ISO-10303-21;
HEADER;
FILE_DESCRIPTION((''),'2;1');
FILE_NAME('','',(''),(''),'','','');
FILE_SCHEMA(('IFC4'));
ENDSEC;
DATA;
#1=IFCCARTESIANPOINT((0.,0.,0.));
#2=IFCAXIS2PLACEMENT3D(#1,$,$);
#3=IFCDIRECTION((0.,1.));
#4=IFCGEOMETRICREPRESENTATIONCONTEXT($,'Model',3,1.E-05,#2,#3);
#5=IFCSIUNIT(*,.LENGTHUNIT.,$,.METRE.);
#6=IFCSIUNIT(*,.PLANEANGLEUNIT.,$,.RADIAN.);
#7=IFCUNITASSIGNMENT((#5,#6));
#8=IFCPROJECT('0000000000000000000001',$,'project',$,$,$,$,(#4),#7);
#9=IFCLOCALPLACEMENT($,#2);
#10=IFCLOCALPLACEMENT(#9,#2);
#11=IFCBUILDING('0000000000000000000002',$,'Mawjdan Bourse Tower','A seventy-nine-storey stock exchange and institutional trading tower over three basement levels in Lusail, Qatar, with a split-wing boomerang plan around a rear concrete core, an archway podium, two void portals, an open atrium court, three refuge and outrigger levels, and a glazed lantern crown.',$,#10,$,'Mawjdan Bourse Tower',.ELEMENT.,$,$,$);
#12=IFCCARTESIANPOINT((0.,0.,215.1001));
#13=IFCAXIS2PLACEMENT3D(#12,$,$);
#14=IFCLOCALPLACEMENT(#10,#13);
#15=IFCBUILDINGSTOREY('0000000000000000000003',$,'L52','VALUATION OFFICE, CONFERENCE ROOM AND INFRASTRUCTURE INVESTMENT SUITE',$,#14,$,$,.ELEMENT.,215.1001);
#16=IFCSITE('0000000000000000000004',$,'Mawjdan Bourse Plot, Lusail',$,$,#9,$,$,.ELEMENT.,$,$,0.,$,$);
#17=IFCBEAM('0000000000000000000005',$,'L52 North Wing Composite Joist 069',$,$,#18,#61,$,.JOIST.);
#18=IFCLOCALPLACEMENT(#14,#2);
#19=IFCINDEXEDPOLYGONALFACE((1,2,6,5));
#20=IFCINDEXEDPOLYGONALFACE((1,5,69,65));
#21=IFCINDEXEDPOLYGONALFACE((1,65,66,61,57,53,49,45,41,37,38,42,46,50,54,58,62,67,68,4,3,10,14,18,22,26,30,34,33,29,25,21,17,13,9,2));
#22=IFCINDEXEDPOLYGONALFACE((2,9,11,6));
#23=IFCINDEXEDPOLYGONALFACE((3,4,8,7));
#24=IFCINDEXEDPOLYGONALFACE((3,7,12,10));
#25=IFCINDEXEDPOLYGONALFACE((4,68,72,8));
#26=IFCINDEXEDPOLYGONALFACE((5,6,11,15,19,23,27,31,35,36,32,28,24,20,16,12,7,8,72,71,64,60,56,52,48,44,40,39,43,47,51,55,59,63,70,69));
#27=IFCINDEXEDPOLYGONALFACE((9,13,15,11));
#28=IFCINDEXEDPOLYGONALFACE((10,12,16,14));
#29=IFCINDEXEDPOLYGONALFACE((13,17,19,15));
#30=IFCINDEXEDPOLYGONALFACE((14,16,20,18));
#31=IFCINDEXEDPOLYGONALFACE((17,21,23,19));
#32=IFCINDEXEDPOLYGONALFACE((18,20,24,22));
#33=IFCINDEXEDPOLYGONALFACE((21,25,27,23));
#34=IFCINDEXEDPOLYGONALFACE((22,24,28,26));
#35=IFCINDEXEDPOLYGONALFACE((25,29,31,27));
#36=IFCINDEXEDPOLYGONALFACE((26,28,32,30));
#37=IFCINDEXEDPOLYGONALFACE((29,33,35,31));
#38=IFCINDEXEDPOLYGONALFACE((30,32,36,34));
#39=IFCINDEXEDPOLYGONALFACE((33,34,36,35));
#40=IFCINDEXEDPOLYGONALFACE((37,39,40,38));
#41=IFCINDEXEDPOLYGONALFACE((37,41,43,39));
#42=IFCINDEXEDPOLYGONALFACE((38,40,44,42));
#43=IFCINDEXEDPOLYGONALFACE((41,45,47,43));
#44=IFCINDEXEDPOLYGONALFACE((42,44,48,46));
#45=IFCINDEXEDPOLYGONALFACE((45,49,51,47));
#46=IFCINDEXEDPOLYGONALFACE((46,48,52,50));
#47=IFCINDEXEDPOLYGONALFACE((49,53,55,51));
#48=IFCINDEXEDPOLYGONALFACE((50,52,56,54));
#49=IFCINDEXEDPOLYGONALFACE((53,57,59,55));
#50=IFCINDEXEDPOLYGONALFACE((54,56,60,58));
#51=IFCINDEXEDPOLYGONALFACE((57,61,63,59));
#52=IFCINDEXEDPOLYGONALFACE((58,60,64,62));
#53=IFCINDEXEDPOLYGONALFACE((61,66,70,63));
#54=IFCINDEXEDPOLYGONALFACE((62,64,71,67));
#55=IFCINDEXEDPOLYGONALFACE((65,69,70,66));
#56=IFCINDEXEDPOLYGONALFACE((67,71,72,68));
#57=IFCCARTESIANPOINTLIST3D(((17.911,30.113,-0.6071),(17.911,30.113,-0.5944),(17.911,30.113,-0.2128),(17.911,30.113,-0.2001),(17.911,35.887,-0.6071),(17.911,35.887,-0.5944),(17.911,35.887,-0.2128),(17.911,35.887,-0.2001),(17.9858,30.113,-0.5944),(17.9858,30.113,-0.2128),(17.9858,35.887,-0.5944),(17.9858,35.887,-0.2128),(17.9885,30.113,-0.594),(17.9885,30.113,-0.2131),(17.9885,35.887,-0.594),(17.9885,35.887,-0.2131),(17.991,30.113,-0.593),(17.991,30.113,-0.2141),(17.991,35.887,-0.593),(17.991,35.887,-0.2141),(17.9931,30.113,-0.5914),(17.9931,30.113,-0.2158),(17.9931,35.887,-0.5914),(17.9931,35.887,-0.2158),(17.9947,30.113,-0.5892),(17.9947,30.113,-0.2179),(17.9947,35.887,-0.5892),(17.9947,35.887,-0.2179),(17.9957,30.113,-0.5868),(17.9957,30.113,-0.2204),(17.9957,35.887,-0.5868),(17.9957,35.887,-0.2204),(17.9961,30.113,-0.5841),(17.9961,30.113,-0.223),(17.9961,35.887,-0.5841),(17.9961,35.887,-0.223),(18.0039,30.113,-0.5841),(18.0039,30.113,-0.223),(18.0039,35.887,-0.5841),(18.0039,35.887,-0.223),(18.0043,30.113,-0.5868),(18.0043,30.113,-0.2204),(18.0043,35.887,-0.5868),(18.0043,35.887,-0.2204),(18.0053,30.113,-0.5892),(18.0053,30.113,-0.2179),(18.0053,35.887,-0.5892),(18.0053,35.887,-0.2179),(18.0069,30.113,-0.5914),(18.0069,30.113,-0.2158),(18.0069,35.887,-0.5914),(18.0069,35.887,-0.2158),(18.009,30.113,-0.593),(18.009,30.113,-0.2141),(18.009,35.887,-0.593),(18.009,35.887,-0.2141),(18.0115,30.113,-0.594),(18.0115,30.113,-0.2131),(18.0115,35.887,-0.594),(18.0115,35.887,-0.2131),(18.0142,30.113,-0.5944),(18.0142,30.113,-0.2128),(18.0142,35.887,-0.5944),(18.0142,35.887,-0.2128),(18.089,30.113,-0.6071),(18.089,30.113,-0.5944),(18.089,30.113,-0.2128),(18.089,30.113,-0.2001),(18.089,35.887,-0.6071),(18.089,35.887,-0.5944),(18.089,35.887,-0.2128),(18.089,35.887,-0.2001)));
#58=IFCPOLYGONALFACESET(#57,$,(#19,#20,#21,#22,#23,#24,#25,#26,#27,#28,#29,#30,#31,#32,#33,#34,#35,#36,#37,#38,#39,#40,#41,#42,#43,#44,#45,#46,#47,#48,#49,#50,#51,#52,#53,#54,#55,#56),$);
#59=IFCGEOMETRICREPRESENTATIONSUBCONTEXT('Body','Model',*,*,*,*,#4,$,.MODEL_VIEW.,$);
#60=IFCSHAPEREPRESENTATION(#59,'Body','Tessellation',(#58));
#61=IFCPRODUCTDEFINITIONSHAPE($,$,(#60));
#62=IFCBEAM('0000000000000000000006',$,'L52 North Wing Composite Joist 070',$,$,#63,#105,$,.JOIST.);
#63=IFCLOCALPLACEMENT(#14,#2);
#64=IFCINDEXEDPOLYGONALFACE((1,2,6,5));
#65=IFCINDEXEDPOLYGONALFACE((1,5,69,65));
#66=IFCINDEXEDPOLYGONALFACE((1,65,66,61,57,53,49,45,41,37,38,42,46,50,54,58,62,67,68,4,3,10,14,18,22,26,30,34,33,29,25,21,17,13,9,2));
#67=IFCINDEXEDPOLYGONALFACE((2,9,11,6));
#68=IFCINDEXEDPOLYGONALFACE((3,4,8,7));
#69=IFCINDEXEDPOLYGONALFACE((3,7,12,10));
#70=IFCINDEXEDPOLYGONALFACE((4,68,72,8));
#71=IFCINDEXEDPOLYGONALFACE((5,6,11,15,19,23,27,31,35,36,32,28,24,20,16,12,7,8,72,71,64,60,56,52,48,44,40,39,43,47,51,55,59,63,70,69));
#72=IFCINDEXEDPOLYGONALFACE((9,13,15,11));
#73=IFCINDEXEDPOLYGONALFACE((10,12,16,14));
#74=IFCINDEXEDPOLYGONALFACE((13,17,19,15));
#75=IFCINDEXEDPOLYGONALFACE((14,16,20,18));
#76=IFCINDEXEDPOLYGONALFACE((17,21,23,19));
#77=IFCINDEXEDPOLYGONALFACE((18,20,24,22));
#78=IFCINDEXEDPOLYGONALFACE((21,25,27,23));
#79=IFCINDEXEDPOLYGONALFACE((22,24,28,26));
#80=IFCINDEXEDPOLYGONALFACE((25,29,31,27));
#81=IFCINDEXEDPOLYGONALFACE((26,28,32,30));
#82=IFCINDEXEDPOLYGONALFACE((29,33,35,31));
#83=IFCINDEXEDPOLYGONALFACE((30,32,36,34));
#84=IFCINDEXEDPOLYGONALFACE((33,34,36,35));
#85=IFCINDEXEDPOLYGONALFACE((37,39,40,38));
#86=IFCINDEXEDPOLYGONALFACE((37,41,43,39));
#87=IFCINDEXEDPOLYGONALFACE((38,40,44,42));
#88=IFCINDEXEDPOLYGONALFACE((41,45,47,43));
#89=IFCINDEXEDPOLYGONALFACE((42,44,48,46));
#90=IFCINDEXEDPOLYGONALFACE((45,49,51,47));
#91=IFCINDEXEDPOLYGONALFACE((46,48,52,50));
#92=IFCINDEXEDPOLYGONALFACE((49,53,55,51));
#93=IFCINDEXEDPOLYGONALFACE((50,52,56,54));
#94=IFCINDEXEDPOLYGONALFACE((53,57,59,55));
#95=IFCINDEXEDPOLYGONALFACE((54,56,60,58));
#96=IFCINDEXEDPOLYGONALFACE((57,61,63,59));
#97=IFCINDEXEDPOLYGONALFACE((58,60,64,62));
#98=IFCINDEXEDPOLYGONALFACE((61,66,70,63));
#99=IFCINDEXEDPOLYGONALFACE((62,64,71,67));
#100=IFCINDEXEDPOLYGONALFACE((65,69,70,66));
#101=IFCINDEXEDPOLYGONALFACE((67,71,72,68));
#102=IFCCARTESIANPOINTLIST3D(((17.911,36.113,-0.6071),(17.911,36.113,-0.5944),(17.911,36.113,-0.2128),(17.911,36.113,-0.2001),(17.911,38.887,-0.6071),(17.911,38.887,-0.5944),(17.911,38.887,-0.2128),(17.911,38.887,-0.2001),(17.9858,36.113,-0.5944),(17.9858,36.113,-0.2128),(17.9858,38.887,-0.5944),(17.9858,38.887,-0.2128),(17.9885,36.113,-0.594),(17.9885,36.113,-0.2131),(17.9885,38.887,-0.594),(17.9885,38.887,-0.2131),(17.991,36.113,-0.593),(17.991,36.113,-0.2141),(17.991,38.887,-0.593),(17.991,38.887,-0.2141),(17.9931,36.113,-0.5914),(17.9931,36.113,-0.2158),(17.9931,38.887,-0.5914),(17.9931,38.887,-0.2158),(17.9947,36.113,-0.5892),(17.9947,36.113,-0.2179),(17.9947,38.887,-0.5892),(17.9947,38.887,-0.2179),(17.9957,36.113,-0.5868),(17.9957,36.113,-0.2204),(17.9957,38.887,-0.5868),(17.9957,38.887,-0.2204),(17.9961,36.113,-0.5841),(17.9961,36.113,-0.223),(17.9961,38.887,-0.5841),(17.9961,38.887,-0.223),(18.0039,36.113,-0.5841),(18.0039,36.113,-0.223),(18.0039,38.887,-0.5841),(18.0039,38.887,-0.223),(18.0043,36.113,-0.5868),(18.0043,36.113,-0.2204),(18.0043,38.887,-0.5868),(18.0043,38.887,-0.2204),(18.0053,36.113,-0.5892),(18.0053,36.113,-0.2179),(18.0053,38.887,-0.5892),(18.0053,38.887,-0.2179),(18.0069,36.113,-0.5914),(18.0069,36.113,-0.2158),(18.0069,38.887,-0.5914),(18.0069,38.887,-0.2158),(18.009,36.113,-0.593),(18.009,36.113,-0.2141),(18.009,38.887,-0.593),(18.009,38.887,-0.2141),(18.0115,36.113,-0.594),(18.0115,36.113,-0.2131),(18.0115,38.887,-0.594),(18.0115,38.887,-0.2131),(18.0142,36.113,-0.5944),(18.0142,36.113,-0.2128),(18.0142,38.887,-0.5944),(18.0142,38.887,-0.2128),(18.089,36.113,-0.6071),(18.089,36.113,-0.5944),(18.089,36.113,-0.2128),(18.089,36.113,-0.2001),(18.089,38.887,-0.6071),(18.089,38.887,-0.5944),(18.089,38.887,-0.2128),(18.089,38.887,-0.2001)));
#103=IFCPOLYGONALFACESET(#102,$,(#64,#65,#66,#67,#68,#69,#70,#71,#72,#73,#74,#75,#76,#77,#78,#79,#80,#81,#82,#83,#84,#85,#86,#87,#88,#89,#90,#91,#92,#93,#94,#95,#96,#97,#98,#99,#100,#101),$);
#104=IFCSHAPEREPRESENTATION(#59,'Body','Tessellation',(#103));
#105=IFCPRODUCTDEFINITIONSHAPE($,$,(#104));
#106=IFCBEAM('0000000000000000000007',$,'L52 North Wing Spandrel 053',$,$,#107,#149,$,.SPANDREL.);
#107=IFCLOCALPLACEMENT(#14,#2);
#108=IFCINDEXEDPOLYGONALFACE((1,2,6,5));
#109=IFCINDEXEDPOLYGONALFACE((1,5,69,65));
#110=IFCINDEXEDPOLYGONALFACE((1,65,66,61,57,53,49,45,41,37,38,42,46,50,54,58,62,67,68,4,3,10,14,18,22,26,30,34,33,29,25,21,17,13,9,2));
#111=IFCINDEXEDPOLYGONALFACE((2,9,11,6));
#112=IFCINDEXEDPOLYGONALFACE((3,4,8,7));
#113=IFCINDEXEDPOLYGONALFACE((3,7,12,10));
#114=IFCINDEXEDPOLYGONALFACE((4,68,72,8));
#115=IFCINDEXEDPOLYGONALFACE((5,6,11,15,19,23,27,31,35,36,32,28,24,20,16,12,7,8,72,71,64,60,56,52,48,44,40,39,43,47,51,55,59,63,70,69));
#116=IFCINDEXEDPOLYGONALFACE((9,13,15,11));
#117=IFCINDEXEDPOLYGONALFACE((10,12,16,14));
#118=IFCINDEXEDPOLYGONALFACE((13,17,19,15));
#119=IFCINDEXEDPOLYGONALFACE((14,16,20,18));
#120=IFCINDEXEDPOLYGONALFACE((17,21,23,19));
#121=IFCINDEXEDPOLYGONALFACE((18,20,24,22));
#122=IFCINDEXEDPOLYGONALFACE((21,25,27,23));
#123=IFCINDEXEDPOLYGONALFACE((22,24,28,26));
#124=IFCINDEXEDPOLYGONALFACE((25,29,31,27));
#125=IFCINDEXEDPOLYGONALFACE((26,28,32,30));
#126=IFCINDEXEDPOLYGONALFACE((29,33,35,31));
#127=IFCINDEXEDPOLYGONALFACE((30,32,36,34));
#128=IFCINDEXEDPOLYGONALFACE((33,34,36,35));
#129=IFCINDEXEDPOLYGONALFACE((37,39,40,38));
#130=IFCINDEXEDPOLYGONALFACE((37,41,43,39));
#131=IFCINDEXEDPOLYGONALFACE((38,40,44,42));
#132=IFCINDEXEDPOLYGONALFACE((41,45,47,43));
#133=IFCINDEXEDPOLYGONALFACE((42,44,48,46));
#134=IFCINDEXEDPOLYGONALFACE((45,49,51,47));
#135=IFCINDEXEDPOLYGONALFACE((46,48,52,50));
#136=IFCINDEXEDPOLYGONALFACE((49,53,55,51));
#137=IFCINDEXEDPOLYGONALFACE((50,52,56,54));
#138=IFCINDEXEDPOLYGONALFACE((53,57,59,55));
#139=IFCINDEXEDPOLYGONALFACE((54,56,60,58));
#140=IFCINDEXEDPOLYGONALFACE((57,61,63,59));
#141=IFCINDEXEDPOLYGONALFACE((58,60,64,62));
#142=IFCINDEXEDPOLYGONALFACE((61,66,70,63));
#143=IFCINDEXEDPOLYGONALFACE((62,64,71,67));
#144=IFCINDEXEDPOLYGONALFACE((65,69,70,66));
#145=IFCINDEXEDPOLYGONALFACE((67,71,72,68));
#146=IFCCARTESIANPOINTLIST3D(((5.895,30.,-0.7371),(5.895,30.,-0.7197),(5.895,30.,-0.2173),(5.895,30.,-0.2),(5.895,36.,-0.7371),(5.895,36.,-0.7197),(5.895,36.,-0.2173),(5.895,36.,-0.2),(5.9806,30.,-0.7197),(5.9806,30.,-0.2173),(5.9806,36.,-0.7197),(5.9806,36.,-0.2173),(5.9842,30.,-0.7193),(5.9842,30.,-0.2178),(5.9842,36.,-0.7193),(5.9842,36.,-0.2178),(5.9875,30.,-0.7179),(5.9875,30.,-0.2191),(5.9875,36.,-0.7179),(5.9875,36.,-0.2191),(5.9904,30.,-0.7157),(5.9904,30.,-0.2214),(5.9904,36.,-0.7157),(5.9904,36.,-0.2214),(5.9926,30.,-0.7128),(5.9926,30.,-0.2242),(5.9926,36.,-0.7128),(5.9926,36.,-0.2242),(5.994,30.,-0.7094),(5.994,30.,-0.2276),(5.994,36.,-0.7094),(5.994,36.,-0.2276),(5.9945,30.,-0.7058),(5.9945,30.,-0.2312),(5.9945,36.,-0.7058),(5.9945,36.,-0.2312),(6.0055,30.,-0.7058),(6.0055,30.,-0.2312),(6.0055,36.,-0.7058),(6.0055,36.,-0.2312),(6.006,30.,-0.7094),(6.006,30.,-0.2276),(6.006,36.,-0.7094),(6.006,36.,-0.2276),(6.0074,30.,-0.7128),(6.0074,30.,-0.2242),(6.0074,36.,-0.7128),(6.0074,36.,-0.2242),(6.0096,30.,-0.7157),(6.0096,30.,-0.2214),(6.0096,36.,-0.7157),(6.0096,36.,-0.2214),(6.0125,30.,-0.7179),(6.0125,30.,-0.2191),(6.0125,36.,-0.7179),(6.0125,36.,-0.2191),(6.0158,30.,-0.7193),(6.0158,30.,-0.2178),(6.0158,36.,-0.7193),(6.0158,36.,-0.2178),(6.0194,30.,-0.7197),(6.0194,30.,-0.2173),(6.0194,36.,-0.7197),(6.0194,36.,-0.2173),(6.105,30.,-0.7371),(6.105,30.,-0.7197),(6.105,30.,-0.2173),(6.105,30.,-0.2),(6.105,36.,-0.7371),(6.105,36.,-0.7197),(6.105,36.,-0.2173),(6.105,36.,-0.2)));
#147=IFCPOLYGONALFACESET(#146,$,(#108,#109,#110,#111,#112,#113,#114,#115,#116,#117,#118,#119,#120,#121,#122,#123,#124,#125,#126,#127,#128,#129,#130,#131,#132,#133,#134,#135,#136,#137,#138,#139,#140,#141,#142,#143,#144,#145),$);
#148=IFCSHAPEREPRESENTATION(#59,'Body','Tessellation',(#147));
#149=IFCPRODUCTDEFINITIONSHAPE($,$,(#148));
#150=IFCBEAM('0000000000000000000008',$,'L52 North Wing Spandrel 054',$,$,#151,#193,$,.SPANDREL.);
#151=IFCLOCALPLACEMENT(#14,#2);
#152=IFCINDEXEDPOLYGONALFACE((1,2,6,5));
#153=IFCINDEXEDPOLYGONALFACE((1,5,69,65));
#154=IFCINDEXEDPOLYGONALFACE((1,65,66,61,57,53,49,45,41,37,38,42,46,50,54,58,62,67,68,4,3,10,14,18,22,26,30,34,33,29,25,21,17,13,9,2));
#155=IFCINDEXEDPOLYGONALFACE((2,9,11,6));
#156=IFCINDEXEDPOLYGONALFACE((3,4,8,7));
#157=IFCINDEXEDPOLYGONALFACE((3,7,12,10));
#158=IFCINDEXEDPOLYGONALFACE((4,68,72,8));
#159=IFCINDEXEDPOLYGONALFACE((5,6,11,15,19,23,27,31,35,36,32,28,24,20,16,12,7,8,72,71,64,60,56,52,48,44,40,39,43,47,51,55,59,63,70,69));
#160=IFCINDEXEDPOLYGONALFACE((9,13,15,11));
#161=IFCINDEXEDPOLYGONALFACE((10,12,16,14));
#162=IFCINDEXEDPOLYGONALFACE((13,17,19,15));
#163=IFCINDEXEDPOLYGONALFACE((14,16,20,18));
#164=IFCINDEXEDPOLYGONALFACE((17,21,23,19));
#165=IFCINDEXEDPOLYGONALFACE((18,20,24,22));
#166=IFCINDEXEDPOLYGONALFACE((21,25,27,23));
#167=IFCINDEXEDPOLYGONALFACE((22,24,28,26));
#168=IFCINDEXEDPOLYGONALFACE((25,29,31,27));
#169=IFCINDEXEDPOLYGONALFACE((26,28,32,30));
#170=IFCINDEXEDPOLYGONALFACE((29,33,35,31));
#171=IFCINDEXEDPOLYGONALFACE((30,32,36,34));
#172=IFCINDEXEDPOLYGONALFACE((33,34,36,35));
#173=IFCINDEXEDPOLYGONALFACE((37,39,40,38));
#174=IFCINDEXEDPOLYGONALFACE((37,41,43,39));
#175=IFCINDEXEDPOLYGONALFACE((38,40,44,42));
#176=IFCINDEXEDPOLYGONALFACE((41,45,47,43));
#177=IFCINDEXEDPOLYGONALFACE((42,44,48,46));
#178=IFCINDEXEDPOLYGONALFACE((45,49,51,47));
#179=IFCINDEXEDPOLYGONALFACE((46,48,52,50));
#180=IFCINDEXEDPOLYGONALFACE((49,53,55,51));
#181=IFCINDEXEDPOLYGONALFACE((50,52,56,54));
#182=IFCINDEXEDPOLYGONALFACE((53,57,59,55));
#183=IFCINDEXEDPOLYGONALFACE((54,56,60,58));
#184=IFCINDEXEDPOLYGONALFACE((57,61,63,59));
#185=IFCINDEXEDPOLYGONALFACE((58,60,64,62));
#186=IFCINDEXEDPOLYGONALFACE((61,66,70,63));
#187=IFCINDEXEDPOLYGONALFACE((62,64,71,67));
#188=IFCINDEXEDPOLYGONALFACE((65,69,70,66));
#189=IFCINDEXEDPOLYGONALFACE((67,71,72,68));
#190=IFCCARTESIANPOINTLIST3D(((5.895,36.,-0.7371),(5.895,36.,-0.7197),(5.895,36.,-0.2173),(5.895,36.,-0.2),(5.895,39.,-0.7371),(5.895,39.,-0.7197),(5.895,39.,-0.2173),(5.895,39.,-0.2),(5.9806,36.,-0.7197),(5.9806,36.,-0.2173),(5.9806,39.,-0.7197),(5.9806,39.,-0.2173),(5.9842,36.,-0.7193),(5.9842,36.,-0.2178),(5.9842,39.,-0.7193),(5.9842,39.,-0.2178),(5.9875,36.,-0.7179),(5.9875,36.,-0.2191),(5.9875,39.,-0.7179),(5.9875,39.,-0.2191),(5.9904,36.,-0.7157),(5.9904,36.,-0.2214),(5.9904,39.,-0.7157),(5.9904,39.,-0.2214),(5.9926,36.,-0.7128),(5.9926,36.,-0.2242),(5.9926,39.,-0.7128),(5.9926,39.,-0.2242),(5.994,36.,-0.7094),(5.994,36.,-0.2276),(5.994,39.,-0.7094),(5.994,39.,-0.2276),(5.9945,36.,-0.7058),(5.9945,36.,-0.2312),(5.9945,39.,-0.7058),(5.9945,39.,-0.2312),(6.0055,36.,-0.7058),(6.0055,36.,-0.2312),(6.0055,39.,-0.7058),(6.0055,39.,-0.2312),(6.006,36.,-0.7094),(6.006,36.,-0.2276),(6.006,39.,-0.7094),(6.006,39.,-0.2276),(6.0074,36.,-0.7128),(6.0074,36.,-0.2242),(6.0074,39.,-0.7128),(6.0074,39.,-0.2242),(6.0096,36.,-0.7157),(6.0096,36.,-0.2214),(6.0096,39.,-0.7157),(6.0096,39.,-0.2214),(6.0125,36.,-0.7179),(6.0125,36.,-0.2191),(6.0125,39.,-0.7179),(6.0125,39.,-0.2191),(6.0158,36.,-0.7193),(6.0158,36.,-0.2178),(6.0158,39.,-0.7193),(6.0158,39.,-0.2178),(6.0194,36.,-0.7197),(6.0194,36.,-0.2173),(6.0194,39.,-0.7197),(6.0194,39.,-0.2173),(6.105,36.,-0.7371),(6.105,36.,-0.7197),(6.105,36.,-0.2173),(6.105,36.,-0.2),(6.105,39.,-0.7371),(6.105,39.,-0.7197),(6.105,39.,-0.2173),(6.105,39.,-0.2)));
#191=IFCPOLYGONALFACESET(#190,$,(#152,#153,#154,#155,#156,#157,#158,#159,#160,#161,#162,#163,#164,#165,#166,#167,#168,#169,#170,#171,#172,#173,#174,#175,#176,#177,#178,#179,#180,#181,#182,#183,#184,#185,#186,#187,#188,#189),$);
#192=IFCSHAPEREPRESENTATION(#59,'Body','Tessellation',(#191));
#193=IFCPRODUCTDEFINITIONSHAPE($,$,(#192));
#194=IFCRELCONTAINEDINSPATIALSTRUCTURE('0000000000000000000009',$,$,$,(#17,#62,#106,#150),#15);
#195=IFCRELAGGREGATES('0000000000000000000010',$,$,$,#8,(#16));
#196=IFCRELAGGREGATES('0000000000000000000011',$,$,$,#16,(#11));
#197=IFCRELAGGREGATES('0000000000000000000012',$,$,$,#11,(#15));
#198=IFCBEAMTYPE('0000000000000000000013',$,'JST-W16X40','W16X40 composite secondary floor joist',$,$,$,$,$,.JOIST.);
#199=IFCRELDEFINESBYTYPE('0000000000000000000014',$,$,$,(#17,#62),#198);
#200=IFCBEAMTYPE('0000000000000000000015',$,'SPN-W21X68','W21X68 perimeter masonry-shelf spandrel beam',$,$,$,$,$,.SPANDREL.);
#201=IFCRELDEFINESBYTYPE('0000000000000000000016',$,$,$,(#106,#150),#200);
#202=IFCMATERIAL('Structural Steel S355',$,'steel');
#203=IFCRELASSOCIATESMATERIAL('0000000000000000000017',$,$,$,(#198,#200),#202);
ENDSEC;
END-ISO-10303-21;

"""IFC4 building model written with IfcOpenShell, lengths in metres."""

from ifc_helpers import new_model, si_unit, direction, frame, origin, origin_2d, place, context, subcontext, project, spatial, i_section, extrude, material, material_profile, profile_set, type_object, element, save


model = new_model("IFC4")

# Units and contexts
model_context = context("Model", 3, precision=1e-05, world=origin(), true_north=direction((0.0, 1.0)))
body_context = subcontext(model_context, "Body", "Model", "MODEL_VIEW")
ifc_project = project(units=[si_unit("LENGTHUNIT", "METRE"), si_unit("PLANEANGLEUNIT", "RADIAN")], contexts=[model_context])

# Site, building, storey
site_placement = place(None, origin())
site = spatial("IfcSite", under=ifc_project, at=site_placement, Name="Mawjdan Bourse Plot, Lusail", CompositionType="ELEMENT", RefElevation=0.0)
building_placement = place(site_placement, origin())
building = spatial("IfcBuilding", under=site, at=building_placement, Name="Mawjdan Bourse Tower", Description="A seventy-nine-storey stock exchange and institutional trading tower over three basement levels in Lusail, Qatar, with a split-wing boomerang plan around a rear concrete core, an archway podium, two void portals, an open atrium court, three refuge and outrigger levels, and a glazed lantern crown.", LongName="Mawjdan Bourse Tower", CompositionType="ELEMENT")
storey_placement = place(building_placement, frame((0.0, 0.0, 215.1001)))
storey = spatial("IfcBuildingStorey", under=building, at=storey_placement, Name="L52", Description="VALUATION OFFICE, CONFERENCE ROOM AND INFRASTRUCTURE INVESTMENT SUITE", CompositionType="ELEMENT", Elevation=215.1001)

# Beams
ifc_material_1 = material(Name="Structural Steel S355", Category="steel")
ifc_material_profile_1 = material_profile(ifc_material_1, i_section(OverallWidth=0.178, OverallDepth=0.407, WebThickness=0.0078, FlangeThickness=0.0127, FilletRadius=0.0103, at=origin_2d()), Name="W16X40")
ifc_profile_set_1 = profile_set([ifc_material_profile_1], Name="Structural Steel S355")
beam_type_1 = type_object("IfcBeamType", Name="JST-W16X40", Description="W16X40 composite secondary floor joist", PredefinedType="JOIST", material=ifc_profile_set_1)
beam_1_placement = place(storey_placement, frame((18.0, 30.113, -0.4036), z_axis=(0.0, 1.0, 0.0), x_axis=(-1.0, 0.0, 0.0)))
element("IfcBeam", 1, at=beam_1_placement, inside=storey, type_object=beam_type_1, Name="L52 North Wing Composite Joist 069", PredefinedType="JOIST", context=body_context, shape_type="SweptSolid", body=[
    extrude(i_section(OverallWidth=0.178, OverallDepth=0.407, WebThickness=0.0078, FlangeThickness=0.0127, FilletRadius=0.0103, at=origin_2d()), origin(), (0.0, 0.0, 1.0), 5.7739),
])
beam_2_placement = place(storey_placement, frame((18.0, 36.113, -0.4036), z_axis=(0.0, 1.0, 0.0), x_axis=(-1.0, 0.0, 0.0)))
element("IfcBeam", 2, at=beam_2_placement, inside=storey, type_object=beam_type_1, Name="L52 North Wing Composite Joist 070", PredefinedType="JOIST", context=body_context, shape_type="SweptSolid", body=[
    extrude(i_section(OverallWidth=0.178, OverallDepth=0.407, WebThickness=0.0078, FlangeThickness=0.0127, FilletRadius=0.0103, at=origin_2d()), origin(), (0.0, 0.0, 1.0), 2.7739),
])
ifc_material_profile_2 = material_profile(ifc_material_1, i_section(OverallWidth=0.21, OverallDepth=0.5371, WebThickness=0.011, FlangeThickness=0.0173, FilletRadius=0.0139, at=origin_2d()), Name="W21X68")
ifc_profile_set_2 = profile_set([ifc_material_profile_2], Name="Structural Steel S355")
beam_type_2 = type_object("IfcBeamType", Name="SPN-W21X68", Description="W21X68 perimeter masonry-shelf spandrel beam", PredefinedType="SPANDREL", material=ifc_profile_set_2)
beam_3_placement = place(storey_placement, frame((6.0, 30.0, -0.4685), z_axis=(0.0, 1.0, 0.0), x_axis=(-1.0, 0.0, 0.0)))
element("IfcBeam", 3, at=beam_3_placement, inside=storey, type_object=beam_type_2, Name="L52 North Wing Spandrel 053", PredefinedType="SPANDREL", context=body_context, shape_type="SweptSolid", body=[
    extrude(i_section(OverallWidth=0.21, OverallDepth=0.5371, WebThickness=0.011, FlangeThickness=0.0173, FilletRadius=0.0139, at=origin_2d()), origin(), (0.0, 0.0, 1.0), 6.0),
])
beam_4_placement = place(storey_placement, frame((6.0, 36.0, -0.4685), z_axis=(0.0, 1.0, 0.0), x_axis=(-1.0, 0.0, 0.0)))
element("IfcBeam", 4, at=beam_4_placement, inside=storey, type_object=beam_type_2, Name="L52 North Wing Spandrel 054", PredefinedType="SPANDREL", context=body_context, shape_type="SweptSolid", body=[
    extrude(i_section(OverallWidth=0.21, OverallDepth=0.5371, WebThickness=0.011, FlangeThickness=0.0173, FilletRadius=0.0139, at=origin_2d()), origin(), (0.0, 0.0, 1.0), 3.0),
])

save(model, "model.ifc")
